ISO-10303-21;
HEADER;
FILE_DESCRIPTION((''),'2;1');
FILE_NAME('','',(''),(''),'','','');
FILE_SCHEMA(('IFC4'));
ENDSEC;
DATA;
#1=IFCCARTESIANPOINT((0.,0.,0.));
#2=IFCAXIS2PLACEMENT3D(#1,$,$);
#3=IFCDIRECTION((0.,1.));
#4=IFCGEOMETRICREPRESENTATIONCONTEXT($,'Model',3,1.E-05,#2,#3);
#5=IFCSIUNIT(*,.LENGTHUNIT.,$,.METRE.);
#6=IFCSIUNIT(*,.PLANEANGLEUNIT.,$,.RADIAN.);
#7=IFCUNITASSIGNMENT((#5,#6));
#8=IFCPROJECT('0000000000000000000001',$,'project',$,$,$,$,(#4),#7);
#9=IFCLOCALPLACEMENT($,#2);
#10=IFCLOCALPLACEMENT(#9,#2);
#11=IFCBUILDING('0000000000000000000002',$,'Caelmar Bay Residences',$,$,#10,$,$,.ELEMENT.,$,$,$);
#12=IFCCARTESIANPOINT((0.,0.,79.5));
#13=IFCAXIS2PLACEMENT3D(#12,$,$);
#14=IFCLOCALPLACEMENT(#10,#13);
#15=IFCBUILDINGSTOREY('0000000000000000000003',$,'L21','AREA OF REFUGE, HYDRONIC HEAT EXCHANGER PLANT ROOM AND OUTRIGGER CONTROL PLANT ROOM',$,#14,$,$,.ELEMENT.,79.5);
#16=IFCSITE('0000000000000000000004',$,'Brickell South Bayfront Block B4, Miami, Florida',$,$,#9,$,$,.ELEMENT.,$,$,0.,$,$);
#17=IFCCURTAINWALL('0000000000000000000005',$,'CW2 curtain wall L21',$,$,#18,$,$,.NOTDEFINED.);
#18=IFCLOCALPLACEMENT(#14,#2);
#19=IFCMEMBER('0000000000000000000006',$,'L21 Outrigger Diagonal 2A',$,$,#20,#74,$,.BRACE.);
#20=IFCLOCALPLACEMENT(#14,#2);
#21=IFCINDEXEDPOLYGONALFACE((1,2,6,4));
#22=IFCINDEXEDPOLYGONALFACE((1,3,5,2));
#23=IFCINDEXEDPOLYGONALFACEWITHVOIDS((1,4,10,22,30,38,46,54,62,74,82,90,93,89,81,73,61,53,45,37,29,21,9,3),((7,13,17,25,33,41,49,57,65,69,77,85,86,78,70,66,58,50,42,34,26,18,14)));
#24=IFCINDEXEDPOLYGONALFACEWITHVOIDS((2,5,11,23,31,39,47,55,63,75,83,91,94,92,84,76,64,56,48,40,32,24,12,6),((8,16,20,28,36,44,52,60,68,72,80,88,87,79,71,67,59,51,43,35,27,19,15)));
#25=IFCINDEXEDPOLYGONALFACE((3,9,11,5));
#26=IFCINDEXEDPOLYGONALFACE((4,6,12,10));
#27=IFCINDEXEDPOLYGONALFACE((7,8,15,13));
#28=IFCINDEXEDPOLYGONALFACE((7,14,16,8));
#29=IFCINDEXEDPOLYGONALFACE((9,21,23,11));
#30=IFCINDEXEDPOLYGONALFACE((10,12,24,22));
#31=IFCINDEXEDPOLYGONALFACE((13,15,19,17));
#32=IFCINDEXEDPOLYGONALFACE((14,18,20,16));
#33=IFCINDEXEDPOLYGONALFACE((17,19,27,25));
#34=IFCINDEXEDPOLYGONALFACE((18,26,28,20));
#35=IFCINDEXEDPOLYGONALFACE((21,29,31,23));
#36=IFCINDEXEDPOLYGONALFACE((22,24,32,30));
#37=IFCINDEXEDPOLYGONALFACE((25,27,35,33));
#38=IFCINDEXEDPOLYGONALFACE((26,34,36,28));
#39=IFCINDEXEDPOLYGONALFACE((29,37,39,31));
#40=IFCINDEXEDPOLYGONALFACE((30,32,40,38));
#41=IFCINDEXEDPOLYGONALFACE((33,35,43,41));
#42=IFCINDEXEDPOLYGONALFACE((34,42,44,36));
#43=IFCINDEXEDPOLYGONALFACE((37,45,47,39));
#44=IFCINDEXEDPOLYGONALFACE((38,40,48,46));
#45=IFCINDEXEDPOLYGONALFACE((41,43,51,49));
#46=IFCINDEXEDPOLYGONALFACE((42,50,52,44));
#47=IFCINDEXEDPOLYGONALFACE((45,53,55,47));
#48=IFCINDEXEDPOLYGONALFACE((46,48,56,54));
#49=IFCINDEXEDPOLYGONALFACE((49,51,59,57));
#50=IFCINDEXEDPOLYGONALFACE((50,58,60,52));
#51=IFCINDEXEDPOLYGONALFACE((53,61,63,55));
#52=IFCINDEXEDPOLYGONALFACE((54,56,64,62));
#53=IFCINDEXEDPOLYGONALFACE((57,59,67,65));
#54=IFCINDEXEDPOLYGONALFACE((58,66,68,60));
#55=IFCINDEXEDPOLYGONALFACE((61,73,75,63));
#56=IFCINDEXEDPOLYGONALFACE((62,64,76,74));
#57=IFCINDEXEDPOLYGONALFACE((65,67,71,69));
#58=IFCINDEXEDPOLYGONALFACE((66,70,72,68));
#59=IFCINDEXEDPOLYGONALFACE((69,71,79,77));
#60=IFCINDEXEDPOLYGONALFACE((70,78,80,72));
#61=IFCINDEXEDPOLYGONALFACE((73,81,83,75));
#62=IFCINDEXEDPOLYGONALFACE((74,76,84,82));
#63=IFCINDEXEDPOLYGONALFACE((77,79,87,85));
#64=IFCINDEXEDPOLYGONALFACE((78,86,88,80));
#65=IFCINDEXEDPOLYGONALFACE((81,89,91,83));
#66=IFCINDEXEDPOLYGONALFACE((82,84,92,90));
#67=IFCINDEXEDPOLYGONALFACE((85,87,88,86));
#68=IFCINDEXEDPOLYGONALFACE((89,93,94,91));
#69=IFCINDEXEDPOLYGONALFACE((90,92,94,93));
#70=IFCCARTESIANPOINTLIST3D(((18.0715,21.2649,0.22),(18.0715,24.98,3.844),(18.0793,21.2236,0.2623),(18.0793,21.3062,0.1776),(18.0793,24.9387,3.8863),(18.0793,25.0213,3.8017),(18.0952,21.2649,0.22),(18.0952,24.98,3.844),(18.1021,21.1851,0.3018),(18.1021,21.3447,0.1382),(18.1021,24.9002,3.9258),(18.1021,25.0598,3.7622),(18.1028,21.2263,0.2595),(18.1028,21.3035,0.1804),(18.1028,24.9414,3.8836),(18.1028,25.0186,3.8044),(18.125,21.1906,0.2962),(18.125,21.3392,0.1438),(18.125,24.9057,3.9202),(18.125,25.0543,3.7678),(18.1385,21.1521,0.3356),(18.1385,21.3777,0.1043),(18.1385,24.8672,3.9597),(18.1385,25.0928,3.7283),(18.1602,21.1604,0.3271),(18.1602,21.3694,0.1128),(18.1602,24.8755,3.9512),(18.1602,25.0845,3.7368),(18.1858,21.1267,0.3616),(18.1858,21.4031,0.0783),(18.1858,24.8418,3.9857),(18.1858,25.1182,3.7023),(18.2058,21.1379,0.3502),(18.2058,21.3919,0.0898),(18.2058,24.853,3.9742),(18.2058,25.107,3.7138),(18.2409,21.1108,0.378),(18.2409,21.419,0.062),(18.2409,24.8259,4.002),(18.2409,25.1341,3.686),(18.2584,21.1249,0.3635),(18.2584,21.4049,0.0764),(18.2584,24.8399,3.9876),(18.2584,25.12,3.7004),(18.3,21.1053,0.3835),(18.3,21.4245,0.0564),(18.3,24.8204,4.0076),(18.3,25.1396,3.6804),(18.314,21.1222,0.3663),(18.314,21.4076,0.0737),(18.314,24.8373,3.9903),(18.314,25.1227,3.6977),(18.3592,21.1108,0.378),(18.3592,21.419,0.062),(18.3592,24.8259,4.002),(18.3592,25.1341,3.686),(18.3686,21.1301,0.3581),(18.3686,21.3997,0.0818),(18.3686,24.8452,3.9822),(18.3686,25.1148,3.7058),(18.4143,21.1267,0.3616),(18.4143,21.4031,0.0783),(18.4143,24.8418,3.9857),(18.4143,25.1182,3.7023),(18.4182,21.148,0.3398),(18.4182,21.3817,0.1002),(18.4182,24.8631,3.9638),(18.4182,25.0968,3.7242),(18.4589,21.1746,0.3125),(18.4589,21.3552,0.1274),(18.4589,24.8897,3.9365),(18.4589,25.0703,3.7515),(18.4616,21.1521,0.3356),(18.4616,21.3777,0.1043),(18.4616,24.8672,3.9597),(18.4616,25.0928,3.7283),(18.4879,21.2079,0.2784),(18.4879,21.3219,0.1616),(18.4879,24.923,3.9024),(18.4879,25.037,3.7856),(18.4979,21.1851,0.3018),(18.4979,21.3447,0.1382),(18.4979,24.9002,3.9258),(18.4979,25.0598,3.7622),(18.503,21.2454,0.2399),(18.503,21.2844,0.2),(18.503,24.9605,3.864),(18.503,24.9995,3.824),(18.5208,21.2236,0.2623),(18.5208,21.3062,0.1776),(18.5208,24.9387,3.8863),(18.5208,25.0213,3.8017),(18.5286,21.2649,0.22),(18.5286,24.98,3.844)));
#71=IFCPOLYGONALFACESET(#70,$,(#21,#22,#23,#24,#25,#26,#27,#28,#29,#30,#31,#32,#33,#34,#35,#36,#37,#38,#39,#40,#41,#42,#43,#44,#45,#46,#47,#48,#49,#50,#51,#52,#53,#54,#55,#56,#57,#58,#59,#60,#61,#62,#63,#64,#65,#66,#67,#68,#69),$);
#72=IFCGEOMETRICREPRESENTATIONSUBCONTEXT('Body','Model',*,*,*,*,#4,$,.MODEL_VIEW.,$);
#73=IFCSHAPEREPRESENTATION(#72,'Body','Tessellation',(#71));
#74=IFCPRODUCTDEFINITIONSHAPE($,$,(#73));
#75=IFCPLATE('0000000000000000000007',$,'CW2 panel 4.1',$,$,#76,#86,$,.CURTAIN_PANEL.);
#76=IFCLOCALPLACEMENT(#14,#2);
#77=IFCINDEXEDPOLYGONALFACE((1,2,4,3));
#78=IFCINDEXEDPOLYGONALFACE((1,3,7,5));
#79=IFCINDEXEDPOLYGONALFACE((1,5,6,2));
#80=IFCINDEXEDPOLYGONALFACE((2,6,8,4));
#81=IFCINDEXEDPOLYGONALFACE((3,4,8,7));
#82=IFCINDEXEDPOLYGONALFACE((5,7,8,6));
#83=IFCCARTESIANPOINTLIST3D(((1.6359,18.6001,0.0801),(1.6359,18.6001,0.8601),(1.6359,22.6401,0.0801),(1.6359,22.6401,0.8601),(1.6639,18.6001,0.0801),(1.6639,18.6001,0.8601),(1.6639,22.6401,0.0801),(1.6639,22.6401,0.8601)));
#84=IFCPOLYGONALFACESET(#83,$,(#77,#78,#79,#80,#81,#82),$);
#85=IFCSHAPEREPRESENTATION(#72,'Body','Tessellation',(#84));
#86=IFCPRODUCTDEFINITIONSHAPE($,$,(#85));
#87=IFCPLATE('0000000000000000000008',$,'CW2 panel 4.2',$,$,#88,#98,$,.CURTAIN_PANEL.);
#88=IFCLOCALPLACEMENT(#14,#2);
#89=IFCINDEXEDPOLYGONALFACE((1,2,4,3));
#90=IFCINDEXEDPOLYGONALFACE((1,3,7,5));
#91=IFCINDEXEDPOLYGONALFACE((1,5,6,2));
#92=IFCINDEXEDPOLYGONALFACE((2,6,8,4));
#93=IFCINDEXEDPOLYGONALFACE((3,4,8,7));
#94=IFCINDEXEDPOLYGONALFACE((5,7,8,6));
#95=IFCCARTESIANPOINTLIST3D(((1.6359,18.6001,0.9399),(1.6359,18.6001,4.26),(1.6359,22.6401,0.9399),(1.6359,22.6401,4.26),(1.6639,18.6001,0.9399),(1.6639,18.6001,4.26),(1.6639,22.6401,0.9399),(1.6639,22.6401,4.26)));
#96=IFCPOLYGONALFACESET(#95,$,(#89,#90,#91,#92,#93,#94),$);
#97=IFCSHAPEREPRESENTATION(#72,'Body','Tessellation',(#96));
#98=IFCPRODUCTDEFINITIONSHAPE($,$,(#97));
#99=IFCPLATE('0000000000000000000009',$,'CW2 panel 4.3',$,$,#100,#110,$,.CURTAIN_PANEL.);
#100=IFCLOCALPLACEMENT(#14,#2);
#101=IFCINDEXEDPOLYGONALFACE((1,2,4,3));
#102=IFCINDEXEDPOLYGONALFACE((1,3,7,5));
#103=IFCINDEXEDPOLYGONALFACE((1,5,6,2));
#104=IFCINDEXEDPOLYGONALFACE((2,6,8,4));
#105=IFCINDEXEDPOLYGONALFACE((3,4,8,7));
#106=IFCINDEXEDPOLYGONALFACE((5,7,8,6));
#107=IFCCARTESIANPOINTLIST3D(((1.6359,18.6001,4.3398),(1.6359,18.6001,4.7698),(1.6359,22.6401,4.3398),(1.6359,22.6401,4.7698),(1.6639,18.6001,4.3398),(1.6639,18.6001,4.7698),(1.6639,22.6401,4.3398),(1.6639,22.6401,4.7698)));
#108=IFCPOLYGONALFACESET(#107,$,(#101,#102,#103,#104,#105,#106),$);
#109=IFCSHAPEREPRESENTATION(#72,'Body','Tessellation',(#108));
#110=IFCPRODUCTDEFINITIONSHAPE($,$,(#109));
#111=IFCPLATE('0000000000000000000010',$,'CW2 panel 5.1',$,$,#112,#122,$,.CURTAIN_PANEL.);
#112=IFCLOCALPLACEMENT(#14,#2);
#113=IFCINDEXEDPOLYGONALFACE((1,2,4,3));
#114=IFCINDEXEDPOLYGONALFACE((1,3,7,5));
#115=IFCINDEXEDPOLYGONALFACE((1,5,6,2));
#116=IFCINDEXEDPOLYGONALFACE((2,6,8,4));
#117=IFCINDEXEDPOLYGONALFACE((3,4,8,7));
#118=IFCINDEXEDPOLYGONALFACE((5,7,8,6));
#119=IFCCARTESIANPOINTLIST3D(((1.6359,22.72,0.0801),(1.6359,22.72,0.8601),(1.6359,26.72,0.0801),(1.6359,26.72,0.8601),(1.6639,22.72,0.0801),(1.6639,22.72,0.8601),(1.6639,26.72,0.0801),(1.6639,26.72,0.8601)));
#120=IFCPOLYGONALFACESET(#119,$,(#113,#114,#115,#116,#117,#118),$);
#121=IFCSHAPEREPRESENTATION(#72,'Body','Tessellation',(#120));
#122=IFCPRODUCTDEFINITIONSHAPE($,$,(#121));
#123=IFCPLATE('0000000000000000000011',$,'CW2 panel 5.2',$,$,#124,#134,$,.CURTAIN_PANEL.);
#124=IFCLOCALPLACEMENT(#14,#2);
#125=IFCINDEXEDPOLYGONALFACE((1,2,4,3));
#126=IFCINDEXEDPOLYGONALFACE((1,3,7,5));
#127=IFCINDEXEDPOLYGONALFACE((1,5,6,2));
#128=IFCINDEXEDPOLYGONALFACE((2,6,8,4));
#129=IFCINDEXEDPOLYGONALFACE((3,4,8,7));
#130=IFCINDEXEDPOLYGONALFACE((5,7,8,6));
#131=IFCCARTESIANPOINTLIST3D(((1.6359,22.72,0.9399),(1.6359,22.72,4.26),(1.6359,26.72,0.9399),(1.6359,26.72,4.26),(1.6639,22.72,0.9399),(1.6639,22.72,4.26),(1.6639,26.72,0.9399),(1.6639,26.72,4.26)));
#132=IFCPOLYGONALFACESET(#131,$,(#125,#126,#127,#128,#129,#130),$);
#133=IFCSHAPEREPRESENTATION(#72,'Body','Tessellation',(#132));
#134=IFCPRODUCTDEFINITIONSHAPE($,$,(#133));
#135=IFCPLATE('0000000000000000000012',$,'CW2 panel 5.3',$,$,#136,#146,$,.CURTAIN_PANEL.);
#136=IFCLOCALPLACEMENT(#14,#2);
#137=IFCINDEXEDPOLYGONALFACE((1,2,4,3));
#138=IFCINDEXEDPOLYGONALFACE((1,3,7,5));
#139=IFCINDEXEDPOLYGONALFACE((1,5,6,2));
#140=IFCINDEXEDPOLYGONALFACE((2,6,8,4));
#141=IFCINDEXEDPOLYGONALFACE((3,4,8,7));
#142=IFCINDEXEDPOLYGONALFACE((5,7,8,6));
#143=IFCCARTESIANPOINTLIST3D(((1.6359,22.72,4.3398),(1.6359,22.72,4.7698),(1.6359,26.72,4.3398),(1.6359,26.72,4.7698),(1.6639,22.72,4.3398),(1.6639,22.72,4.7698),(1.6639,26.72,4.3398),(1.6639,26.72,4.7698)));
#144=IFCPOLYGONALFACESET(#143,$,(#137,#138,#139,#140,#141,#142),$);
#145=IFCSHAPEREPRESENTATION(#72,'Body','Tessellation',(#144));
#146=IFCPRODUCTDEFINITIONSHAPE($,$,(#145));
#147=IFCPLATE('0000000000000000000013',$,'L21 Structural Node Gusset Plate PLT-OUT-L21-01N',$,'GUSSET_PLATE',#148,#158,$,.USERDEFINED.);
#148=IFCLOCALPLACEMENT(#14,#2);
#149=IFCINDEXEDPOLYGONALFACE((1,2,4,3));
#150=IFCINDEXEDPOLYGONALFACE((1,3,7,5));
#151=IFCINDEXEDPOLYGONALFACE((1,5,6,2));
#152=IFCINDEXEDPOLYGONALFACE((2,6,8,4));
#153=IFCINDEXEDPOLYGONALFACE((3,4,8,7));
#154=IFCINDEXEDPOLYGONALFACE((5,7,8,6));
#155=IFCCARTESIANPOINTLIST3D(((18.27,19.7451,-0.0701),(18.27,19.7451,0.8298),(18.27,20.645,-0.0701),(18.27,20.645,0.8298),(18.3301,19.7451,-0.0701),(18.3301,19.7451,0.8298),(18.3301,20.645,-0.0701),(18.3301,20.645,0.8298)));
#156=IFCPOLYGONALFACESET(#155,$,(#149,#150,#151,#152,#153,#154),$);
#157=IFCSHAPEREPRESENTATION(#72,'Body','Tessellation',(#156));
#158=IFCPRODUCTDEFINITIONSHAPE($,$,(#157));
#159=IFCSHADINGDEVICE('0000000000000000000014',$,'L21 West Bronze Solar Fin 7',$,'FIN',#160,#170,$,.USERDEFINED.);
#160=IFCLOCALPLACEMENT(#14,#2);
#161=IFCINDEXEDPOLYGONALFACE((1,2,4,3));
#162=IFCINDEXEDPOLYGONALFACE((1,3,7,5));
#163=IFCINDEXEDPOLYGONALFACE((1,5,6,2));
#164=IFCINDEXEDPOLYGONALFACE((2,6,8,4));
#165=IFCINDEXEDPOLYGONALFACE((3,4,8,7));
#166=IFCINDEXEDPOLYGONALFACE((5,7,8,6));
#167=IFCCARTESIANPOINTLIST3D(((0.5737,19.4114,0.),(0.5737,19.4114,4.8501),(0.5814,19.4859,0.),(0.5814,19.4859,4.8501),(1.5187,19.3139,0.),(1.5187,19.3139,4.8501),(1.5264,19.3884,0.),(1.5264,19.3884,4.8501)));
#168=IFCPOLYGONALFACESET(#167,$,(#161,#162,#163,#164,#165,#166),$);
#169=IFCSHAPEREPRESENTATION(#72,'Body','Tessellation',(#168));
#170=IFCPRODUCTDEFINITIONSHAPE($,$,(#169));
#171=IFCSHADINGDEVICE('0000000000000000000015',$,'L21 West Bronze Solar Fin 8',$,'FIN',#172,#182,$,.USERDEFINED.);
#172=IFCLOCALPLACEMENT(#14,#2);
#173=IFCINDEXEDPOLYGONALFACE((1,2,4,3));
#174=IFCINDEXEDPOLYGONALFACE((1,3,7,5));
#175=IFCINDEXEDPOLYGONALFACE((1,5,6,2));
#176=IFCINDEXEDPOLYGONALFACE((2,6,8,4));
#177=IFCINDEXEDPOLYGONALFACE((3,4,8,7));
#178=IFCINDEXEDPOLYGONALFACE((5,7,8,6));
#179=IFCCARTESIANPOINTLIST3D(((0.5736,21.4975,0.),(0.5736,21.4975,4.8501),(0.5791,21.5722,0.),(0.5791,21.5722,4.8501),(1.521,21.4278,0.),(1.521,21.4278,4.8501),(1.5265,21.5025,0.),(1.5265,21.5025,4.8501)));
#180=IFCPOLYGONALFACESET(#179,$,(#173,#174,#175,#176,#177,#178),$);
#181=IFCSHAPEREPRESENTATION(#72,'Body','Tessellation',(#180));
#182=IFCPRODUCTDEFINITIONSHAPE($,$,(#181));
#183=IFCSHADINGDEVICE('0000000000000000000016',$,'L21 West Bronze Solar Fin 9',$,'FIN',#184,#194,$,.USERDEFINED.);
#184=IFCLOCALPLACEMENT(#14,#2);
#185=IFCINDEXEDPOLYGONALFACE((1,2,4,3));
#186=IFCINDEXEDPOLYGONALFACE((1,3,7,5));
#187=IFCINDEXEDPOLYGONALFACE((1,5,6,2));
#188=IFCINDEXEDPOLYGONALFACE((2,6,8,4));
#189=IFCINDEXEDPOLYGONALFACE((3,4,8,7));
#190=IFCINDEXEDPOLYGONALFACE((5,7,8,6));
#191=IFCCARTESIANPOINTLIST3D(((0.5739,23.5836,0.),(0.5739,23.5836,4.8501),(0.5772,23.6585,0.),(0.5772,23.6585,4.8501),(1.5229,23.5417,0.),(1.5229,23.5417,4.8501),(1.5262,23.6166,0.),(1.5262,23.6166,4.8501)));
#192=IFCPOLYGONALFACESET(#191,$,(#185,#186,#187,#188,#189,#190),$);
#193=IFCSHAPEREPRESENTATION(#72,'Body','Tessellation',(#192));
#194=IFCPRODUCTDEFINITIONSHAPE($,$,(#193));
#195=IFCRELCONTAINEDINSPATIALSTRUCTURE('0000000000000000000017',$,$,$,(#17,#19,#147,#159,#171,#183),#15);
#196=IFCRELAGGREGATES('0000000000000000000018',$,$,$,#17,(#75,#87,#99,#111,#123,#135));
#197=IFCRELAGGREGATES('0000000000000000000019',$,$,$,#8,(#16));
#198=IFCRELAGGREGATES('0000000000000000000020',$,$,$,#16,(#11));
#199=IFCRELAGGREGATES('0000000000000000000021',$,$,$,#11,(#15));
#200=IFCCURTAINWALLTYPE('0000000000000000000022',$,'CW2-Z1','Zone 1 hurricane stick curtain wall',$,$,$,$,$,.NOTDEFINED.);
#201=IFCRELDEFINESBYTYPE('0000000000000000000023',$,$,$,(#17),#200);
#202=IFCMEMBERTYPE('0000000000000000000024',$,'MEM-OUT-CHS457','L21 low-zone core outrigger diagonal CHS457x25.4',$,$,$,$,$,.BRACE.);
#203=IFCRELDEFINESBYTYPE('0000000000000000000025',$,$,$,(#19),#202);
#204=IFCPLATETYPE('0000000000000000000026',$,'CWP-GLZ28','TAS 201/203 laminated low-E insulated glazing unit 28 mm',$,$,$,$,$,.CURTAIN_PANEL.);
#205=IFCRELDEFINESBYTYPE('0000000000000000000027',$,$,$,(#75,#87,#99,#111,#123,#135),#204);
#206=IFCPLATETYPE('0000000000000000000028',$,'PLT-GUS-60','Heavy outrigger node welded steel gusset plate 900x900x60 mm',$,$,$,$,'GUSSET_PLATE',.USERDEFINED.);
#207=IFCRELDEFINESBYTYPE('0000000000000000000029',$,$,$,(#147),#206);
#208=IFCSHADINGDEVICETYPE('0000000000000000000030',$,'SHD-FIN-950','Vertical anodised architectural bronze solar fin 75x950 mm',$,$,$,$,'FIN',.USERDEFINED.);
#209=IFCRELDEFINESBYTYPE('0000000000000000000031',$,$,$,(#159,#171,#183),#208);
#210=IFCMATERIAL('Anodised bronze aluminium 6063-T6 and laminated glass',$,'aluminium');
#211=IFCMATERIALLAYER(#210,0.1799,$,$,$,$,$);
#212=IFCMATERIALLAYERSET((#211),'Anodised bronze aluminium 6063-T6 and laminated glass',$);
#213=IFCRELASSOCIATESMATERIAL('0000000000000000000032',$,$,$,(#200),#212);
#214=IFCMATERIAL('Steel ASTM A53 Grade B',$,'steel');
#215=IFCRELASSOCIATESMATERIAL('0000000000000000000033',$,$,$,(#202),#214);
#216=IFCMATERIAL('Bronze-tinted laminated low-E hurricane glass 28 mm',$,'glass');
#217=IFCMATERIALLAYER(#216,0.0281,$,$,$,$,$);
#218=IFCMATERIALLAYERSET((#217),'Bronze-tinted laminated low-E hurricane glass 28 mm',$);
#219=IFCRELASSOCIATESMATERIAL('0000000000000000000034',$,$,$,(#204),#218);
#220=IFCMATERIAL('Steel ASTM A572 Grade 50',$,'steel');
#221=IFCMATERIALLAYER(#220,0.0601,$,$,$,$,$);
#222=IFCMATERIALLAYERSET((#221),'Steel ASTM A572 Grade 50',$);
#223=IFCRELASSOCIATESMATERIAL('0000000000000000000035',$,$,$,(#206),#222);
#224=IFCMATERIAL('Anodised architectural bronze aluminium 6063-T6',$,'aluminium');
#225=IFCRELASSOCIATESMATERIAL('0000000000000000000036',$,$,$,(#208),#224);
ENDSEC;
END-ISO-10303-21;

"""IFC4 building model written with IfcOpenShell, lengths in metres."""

from ifc_helpers import new_model, si_unit, direction, frame, origin, origin_2d, place, context, subcontext, project, spatial, rectangle, hollow_circle, extrude, material, layer, layer_set, material_profile, profile_set, type_object, element, aggregate, save


model = new_model("IFC4")

# Units and contexts
model_context = context("Model", 3, precision=1e-05, world=origin(), true_north=direction((0.0, 1.0)))
body_context = subcontext(model_context, "Body", "Model", "MODEL_VIEW")
ifc_project = project(units=[si_unit("LENGTHUNIT", "METRE"), si_unit("PLANEANGLEUNIT", "RADIAN")], contexts=[model_context])

# Site, building, storey
site_placement = place(None, origin())
site = spatial("IfcSite", under=ifc_project, at=site_placement, Name="Brickell South Bayfront Block B4, Miami, Florida", CompositionType="ELEMENT", RefElevation=0.0)
building_placement = place(site_placement, origin())
building = spatial("IfcBuilding", under=site, at=building_placement, Name="Caelmar Bay Residences", CompositionType="ELEMENT")
storey_placement = place(building_placement, frame((0.0, 0.0, 79.5)))
storey = spatial("IfcBuildingStorey", under=building, at=storey_placement, Name="L21", Description="AREA OF REFUGE, HYDRONIC HEAT EXCHANGER PLANT ROOM AND OUTRIGGER CONTROL PLANT ROOM", CompositionType="ELEMENT", Elevation=79.5)

# Curtain wall
ifc_material_1 = material(Name="Anodised bronze aluminium 6063-T6 and laminated glass", Category="aluminium")
ifc_layer_1 = layer(ifc_material_1, 0.1799)
ifc_layer_set_1 = layer_set([ifc_layer_1], Name="Anodised bronze aluminium 6063-T6 and laminated glass")
curtain_wall_type = type_object("IfcCurtainWallType", Name="CW2-Z1", Description="Zone 1 hurricane stick curtain wall", PredefinedType="NOTDEFINED", material=ifc_layer_set_1)
curtain_wall_placement = place(storey_placement, origin())
curtain_wall = element("IfcCurtainWall", 1, at=curtain_wall_placement, inside=storey, type_object=curtain_wall_type, Name="CW2 curtain wall L21", PredefinedType="NOTDEFINED")

# Member
ifc_material_2 = material(Name="Steel ASTM A53 Grade B", Category="steel")
ifc_material_profile_1 = material_profile(ifc_material_2, hollow_circle(Radius=0.2285, WallThickness=0.0237, at=origin_2d()), Name="CHS457X25.4")
ifc_profile_set_1 = profile_set([ifc_material_profile_1], Name="Steel ASTM A53 Grade B")
member_type_1 = type_object("IfcMemberType", Name="MEM-OUT-CHS457", Description="L21 low-zone core outrigger diagonal CHS457x25.4", PredefinedType="BRACE", material=ifc_profile_set_1)
member_1_placement = place(storey_placement, frame((18.3, 21.2649, 0.22), z_axis=(0.0, 0.715826, 0.698279), x_axis=(-1.0, 0.0, 0.0)))
element("IfcMember", 2, at=member_1_placement, inside=storey, type_object=member_type_1, Name="L21 Outrigger Diagonal 2A", PredefinedType="BRACE", context=body_context, shape_type="SweptSolid", body=[
    extrude(hollow_circle(Radius=0.2285, WallThickness=0.0237, at=origin_2d()), origin(), (0.0, 0.0, 1.0), 5.1899),
])

# Plates
ifc_material_3 = material(Name="Bronze-tinted laminated low-E hurricane glass 28 mm", Category="glass")
ifc_layer_2 = layer(ifc_material_3, 0.0281)
ifc_layer_set_2 = layer_set([ifc_layer_2], Name="Bronze-tinted laminated low-E hurricane glass 28 mm")
plate_type_1 = type_object("IfcPlateType", Name="CWP-GLZ28", Description="TAS 201/203 laminated low-E insulated glazing unit 28 mm", PredefinedType="CURTAIN_PANEL", material=ifc_layer_set_2)
plate_1_placement = place(storey_placement, frame((1.6499, 20.6201, 0.0801), z_axis=(0.0, 0.0, 1.0), x_axis=(0.0, 1.0, 0.0)))
plate_1 = element("IfcPlate", 3, at=plate_1_placement, type_object=plate_type_1, Name="CW2 panel 4.1", PredefinedType="CURTAIN_PANEL", context=body_context, shape_type="SweptSolid", body=[
    extrude(rectangle(XDim=4.04, YDim=0.0281, at=origin_2d()), origin(), (0.0, 0.0, 1.0), 0.78),
])
plate_2_placement = place(storey_placement, frame((1.6499, 20.6201, 0.9399), z_axis=(0.0, 0.0, 1.0), x_axis=(0.0, 1.0, 0.0)))
plate_2 = element("IfcPlate", 4, at=plate_2_placement, type_object=plate_type_1, Name="CW2 panel 4.2", PredefinedType="CURTAIN_PANEL", context=body_context, shape_type="SweptSolid", body=[
    extrude(rectangle(XDim=4.04, YDim=0.0281, at=origin_2d()), origin(), (0.0, 0.0, 1.0), 3.3201),
])
plate_3_placement = place(storey_placement, frame((1.6499, 20.6201, 4.3398), z_axis=(0.0, 0.0, 1.0), x_axis=(0.0, 1.0, 0.0)))
plate_3 = element("IfcPlate", 5, at=plate_3_placement, type_object=plate_type_1, Name="CW2 panel 4.3", PredefinedType="CURTAIN_PANEL", context=body_context, shape_type="SweptSolid", body=[
    extrude(rectangle(XDim=4.04, YDim=0.0281, at=origin_2d()), origin(), (0.0, 0.0, 1.0), 0.4299),
])
plate_4_placement = place(storey_placement, frame((1.6499, 24.72, 0.0801), z_axis=(0.0, 0.0, 1.0), x_axis=(0.0, 1.0, 0.0)))
plate_4 = element("IfcPlate", 6, at=plate_4_placement, type_object=plate_type_1, Name="CW2 panel 5.1", PredefinedType="CURTAIN_PANEL", context=body_context, shape_type="SweptSolid", body=[
    extrude(rectangle(XDim=4.0, YDim=0.0281, at=origin_2d()), origin(), (0.0, 0.0, 1.0), 0.78),
])
plate_5_placement = place(storey_placement, frame((1.6499, 24.72, 0.9399), z_axis=(0.0, 0.0, 1.0), x_axis=(0.0, 1.0, 0.0)))
plate_5 = element("IfcPlate", 7, at=plate_5_placement, type_object=plate_type_1, Name="CW2 panel 5.2", PredefinedType="CURTAIN_PANEL", context=body_context, shape_type="SweptSolid", body=[
    extrude(rectangle(XDim=4.0, YDim=0.0281, at=origin_2d()), origin(), (0.0, 0.0, 1.0), 3.3201),
])
plate_6_placement = place(storey_placement, frame((1.6499, 24.72, 4.3398), z_axis=(0.0, 0.0, 1.0), x_axis=(0.0, 1.0, 0.0)))
plate_6 = element("IfcPlate", 8, at=plate_6_placement, type_object=plate_type_1, Name="CW2 panel 5.3", PredefinedType="CURTAIN_PANEL", context=body_context, shape_type="SweptSolid", body=[
    extrude(rectangle(XDim=4.0, YDim=0.0281, at=origin_2d()), origin(), (0.0, 0.0, 1.0), 0.4299),
])
aggregate(curtain_wall, [plate_1, plate_2, plate_3, plate_4, plate_5, plate_6])
ifc_material_4 = material(Name="Steel ASTM A572 Grade 50", Category="steel")
ifc_layer_3 = layer(ifc_material_4, 0.0601)
ifc_layer_set_3 = layer_set([ifc_layer_3], Name="Steel ASTM A572 Grade 50")
plate_type_2 = type_object("IfcPlateType", Name="PLT-GUS-60", Description="Heavy outrigger node welded steel gusset plate 900x900x60 mm", ElementType="GUSSET_PLATE", PredefinedType="USERDEFINED", material=ifc_layer_set_3)
plate_7_placement = place(storey_placement, frame((18.3, 20.1951, -0.0701), z_axis=(0.0, 0.0, 1.0), x_axis=(0.0, 1.0, 0.0)))
element("IfcPlate", 9, at=plate_7_placement, inside=storey, type_object=plate_type_2, Name="L21 Structural Node Gusset Plate PLT-OUT-L21-01N", ObjectType="GUSSET_PLATE", PredefinedType="USERDEFINED", context=body_context, shape_type="SweptSolid", body=[
    extrude(rectangle(XDim=0.8999, YDim=0.0601, at=origin_2d()), origin(), (0.0, 0.0, 1.0), 0.8999),
])

# Shading devices
ifc_material_5 = material(Name="Anodised architectural bronze aluminium 6063-T6", Category="aluminium")
ifc_material_profile_2 = material_profile(ifc_material_5, rectangle(XDim=0.075, YDim=0.95, at=origin_2d()), Name="BRONZE-FIN-75X950")
ifc_profile_set_2 = profile_set([ifc_material_profile_2], Name="Anodised architectural bronze aluminium 6063-T6")
shading_device_type = type_object("IfcShadingDeviceType", Name="SHD-FIN-950", Description="Vertical anodised architectural bronze solar fin 75x950 mm", ElementType="FIN", PredefinedType="USERDEFINED", material=ifc_profile_set_2)
for number, where, z_axis, x_axis, name in (
    (10, (1.05, 19.3999, 0.0), (0.0, 0.0, 1.0), (0.102619, 0.994721, 0.0), "L21 West Bronze Solar Fin 7"),
    (11, (1.05, 21.5, 0.0), (0.0, 0.0, 1.0), (0.073412, 0.997302, 0.0), "L21 West Bronze Solar Fin 8"),
    (12, (1.05, 23.6001, 0.0), (0.0, 0.0, 1.0), (0.044142, 0.999025, 0.0), "L21 West Bronze Solar Fin 9"),
):
    element("IfcShadingDevice", number, at=place(storey_placement, frame(where, z_axis=z_axis, x_axis=x_axis)), inside=storey, type_object=shading_device_type, Name=name, ObjectType="FIN", PredefinedType="USERDEFINED", context=body_context, shape_type="SweptSolid", body=[
        extrude(rectangle(XDim=0.075, YDim=0.95, at=origin_2d()), origin(), (0.0, 0.0, 1.0), 4.8501),
    ])

save(model, "model.ifc")
